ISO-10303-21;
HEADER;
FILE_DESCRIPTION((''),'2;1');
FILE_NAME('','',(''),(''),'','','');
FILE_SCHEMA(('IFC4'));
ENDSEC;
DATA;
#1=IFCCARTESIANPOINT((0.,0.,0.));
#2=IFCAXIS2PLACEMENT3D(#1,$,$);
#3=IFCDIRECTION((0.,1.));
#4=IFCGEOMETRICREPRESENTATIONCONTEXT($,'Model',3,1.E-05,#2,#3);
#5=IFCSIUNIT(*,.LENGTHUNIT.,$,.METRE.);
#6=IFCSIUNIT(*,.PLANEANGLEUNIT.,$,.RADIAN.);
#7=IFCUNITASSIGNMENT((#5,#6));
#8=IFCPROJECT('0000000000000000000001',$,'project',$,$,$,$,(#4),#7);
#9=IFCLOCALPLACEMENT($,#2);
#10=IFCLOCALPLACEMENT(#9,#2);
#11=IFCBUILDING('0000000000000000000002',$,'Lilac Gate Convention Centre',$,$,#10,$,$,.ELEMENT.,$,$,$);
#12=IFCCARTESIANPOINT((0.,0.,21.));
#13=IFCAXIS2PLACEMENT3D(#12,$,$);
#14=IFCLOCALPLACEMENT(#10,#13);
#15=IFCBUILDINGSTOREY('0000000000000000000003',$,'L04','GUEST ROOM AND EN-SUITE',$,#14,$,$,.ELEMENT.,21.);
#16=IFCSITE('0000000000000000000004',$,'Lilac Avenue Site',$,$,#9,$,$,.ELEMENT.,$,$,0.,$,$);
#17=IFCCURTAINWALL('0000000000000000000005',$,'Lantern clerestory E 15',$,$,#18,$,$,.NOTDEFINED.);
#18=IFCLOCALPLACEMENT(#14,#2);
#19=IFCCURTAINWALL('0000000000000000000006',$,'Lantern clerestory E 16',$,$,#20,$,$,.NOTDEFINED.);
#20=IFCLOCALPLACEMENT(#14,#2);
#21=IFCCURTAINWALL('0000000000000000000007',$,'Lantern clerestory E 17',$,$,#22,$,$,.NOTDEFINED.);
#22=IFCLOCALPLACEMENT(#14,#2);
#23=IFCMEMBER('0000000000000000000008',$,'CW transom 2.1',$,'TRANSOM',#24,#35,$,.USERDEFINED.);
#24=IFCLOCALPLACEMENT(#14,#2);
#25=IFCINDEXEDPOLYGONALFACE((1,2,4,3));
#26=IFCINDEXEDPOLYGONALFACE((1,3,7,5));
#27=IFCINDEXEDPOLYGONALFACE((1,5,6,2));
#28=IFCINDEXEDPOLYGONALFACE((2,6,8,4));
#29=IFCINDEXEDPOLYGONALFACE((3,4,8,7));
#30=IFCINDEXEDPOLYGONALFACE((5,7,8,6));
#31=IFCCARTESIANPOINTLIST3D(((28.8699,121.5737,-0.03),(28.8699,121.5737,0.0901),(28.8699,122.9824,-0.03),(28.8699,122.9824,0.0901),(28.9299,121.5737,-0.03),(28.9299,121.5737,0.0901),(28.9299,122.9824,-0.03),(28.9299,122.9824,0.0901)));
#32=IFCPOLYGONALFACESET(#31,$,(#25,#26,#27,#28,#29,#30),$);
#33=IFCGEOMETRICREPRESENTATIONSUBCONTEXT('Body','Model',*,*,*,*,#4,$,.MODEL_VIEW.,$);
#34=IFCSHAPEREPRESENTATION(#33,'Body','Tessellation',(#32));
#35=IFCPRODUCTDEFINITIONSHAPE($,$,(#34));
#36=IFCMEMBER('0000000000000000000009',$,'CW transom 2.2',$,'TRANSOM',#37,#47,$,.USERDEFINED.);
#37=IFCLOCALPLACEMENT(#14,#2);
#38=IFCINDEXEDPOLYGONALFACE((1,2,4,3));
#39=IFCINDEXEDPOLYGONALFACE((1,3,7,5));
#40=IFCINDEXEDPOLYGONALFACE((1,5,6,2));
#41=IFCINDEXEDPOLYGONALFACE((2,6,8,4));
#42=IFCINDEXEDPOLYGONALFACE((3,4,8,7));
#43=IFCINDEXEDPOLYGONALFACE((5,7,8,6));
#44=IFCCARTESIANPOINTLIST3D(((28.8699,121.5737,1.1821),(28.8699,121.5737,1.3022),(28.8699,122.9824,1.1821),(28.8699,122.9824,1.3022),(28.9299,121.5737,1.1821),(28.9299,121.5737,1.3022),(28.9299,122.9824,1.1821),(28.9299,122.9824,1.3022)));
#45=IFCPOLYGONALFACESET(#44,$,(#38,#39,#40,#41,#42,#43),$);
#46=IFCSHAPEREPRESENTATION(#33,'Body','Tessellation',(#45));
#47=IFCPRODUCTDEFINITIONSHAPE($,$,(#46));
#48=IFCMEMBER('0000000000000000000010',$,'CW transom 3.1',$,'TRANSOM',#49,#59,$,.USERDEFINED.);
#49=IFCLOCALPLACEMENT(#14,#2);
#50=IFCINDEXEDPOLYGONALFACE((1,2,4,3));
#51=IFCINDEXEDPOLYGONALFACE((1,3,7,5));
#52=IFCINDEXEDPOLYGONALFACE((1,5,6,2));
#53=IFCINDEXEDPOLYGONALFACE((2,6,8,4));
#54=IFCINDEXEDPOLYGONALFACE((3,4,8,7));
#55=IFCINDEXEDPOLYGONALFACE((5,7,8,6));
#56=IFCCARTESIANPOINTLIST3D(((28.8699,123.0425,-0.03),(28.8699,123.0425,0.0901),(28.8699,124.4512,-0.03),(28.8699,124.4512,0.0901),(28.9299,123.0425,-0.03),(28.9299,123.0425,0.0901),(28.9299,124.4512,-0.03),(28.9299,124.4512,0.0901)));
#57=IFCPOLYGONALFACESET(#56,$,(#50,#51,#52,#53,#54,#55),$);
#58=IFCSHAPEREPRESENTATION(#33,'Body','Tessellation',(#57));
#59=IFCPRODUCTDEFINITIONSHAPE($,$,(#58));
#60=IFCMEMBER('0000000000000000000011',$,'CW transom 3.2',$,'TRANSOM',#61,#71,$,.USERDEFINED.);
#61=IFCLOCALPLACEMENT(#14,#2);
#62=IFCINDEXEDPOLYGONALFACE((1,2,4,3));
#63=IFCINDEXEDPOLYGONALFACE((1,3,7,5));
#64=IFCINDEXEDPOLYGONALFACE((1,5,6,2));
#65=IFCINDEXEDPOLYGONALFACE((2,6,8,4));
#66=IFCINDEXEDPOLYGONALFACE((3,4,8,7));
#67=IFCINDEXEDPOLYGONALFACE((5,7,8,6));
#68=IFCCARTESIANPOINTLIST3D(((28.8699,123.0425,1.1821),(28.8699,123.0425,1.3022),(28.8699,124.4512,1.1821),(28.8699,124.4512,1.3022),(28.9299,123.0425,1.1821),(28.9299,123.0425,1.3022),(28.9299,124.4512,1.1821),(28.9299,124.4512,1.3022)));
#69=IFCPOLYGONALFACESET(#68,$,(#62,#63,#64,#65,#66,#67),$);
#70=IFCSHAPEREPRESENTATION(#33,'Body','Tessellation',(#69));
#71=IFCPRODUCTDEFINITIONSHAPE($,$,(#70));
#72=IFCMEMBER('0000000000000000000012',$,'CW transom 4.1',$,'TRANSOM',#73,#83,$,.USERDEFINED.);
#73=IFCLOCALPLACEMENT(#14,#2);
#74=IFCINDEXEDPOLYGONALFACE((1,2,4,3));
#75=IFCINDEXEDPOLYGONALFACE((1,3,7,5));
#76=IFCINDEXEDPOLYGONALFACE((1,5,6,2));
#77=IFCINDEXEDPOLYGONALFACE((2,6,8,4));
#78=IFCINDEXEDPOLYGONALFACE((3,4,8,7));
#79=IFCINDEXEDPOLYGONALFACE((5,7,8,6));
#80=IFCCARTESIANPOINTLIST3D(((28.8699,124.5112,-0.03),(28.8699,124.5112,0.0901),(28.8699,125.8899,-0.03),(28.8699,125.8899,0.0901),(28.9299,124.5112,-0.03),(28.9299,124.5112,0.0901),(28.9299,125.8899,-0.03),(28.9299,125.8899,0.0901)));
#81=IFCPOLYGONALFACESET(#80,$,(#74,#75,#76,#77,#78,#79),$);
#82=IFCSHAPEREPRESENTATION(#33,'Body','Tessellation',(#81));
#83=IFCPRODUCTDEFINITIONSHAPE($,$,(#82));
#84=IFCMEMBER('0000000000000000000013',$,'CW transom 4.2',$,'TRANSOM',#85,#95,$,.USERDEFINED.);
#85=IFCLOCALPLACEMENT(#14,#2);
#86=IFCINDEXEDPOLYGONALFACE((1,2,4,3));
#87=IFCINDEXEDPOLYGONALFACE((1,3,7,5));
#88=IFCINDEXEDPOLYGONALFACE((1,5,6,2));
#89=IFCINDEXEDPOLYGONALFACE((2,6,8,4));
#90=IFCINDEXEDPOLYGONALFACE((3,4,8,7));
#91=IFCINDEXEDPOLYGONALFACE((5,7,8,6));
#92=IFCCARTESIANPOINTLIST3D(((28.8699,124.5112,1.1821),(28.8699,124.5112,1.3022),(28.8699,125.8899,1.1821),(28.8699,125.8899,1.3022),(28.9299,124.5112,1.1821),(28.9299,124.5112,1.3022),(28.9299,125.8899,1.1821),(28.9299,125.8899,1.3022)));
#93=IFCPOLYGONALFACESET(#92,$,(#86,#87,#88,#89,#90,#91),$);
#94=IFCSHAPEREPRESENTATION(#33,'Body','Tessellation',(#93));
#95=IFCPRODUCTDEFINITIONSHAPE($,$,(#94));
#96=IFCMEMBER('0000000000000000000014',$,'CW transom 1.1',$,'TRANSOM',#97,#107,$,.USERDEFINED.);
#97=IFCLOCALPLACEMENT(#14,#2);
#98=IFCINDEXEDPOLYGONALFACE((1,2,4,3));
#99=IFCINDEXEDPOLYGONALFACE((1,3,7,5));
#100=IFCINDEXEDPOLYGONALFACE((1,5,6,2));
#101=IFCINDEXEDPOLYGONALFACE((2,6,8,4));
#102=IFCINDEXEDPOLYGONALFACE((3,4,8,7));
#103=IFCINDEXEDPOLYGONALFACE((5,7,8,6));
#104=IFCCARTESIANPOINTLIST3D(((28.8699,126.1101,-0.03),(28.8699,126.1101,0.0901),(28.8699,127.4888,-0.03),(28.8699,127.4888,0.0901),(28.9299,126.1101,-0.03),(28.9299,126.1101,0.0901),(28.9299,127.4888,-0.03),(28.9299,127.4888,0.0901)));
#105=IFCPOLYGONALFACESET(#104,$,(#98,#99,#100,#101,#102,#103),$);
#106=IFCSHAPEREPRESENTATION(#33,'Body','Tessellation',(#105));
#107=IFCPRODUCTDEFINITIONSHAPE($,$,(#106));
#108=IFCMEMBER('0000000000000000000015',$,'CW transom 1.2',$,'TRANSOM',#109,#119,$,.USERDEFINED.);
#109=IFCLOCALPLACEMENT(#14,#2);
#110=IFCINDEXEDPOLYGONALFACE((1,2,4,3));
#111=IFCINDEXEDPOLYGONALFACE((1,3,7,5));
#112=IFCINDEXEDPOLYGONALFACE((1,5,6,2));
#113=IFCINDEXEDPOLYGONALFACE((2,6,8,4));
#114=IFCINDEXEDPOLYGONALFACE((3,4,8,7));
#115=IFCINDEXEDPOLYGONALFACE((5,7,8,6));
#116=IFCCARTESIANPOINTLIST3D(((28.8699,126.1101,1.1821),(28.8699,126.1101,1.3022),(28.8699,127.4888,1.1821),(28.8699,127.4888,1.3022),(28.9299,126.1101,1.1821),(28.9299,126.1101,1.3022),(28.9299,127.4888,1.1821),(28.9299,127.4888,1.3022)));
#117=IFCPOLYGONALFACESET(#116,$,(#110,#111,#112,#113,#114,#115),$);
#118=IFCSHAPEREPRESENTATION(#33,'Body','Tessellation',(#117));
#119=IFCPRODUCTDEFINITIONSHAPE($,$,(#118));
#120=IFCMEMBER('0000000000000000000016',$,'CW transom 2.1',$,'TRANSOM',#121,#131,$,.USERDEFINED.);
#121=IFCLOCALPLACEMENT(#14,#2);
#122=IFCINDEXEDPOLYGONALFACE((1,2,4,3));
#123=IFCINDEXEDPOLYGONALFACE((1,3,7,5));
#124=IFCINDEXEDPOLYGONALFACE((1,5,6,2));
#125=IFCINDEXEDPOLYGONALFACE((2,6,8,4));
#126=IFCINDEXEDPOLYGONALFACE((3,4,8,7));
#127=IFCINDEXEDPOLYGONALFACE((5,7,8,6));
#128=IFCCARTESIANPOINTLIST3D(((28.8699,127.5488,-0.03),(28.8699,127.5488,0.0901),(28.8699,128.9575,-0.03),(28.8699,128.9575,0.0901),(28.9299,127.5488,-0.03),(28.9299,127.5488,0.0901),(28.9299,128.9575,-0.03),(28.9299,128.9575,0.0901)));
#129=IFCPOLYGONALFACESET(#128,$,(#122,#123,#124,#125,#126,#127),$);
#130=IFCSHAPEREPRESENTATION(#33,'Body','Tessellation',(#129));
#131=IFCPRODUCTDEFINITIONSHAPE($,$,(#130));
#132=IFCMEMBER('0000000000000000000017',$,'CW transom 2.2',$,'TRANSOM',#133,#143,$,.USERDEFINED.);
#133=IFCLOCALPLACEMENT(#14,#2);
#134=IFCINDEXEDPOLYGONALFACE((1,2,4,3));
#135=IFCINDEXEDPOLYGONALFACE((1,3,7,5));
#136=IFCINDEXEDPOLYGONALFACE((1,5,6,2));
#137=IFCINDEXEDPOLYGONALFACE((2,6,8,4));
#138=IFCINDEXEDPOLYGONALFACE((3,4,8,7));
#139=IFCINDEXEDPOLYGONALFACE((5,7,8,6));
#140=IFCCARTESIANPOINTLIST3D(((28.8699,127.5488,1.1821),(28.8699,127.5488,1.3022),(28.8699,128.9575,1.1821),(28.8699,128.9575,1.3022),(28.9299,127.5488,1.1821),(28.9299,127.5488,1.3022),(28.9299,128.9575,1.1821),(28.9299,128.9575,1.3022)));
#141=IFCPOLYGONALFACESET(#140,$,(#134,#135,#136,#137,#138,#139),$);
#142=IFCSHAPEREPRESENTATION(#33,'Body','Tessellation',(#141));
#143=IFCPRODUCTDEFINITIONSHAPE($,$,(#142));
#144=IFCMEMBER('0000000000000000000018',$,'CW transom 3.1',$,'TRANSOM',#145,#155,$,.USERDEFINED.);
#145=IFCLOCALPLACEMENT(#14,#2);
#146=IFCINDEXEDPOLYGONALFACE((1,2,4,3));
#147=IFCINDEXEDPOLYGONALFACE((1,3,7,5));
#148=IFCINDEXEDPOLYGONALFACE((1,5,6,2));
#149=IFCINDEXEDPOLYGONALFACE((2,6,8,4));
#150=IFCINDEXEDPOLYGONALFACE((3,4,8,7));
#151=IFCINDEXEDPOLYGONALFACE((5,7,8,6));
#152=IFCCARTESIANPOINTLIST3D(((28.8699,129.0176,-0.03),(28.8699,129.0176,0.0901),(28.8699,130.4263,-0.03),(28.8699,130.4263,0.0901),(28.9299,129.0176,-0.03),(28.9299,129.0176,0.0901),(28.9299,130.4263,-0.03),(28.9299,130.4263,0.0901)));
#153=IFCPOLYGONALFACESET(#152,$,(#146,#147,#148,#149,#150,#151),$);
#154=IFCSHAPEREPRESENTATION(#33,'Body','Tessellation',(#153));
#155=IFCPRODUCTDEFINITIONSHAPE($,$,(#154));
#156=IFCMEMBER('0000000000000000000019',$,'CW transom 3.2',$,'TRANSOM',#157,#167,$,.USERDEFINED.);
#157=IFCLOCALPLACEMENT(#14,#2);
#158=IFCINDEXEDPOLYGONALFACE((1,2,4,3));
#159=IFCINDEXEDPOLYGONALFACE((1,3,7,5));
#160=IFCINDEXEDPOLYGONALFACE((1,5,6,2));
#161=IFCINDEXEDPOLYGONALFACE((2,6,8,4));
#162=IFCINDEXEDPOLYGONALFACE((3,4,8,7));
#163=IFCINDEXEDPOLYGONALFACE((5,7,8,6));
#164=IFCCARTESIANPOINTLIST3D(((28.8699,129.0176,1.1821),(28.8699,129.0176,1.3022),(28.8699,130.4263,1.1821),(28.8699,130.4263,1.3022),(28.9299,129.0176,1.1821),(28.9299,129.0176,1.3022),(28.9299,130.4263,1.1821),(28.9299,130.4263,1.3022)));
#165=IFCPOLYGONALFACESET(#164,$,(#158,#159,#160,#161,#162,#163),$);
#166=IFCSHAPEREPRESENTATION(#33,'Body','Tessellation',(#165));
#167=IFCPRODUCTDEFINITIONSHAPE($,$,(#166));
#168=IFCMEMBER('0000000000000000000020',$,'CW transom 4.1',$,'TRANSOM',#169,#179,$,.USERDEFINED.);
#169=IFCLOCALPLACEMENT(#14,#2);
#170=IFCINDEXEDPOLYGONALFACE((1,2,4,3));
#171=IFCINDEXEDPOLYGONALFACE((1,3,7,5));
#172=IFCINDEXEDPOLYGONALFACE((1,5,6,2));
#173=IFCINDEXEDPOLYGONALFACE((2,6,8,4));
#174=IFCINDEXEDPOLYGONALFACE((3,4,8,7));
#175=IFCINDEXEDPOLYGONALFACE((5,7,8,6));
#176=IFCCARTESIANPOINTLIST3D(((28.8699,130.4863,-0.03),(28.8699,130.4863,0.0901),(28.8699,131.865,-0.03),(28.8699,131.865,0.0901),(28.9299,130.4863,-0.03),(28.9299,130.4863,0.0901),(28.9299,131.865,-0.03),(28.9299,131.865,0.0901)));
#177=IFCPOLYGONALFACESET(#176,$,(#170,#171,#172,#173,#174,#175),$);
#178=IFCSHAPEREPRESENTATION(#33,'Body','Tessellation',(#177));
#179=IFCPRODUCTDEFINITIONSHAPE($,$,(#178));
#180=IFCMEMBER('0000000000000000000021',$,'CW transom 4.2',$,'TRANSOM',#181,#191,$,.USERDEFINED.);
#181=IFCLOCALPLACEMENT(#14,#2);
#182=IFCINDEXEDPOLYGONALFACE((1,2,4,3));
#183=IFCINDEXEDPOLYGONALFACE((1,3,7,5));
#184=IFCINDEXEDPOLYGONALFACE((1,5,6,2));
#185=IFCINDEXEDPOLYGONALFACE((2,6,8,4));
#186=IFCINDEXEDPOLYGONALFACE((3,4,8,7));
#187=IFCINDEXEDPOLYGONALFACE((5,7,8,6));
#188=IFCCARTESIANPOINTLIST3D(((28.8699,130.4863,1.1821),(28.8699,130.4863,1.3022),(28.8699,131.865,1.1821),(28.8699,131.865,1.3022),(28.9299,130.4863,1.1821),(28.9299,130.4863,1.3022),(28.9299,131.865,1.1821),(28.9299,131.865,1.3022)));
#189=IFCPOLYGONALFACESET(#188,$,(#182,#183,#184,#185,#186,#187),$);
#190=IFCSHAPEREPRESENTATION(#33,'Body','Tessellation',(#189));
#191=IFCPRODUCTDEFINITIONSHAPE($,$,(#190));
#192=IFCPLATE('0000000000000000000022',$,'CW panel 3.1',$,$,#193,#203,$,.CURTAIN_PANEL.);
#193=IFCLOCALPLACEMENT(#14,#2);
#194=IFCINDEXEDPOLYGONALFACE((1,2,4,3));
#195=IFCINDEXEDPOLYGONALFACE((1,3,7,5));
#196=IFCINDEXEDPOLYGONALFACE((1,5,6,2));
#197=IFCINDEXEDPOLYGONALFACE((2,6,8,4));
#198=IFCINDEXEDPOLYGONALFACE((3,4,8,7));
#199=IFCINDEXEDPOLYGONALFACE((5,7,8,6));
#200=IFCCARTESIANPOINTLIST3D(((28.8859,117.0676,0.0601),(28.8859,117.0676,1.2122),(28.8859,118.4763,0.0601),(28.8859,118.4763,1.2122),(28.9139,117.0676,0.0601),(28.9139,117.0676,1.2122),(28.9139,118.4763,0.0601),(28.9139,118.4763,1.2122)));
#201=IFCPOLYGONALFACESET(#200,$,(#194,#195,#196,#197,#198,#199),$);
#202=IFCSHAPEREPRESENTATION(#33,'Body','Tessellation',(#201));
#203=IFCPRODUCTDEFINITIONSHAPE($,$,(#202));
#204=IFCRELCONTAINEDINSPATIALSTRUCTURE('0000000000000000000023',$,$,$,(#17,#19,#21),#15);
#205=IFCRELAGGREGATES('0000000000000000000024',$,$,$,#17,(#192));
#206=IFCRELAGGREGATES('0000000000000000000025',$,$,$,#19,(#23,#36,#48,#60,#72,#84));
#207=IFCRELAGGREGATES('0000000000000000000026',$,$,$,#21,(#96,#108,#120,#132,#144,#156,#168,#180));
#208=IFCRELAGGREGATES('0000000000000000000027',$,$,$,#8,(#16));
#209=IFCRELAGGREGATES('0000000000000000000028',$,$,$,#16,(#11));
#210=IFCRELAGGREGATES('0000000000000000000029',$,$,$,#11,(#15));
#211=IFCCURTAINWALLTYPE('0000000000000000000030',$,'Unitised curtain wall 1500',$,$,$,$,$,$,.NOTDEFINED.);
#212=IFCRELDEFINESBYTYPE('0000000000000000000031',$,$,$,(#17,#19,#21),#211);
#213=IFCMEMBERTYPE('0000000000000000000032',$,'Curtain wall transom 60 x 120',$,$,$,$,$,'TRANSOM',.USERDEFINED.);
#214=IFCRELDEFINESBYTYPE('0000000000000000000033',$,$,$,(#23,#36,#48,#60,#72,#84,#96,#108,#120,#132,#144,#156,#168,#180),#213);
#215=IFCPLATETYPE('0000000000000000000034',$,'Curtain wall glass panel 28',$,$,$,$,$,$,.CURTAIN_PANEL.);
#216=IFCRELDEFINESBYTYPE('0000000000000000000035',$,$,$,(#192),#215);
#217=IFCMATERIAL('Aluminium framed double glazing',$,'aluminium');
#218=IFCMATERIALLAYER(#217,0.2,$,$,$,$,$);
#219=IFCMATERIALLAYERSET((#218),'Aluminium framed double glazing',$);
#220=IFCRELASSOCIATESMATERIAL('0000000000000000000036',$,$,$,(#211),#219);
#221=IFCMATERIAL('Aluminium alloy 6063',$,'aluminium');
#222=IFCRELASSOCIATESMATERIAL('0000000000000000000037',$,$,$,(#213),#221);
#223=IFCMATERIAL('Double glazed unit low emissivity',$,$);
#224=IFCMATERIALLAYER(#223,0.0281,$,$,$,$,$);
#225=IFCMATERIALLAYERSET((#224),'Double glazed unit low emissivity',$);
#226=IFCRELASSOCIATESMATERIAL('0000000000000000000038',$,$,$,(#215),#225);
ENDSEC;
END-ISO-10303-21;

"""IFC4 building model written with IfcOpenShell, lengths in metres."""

from ifc_helpers import new_model, si_unit, direction, frame, origin, origin_2d, place, context, subcontext, project, spatial, rectangle, extrude, material, layer, layer_set, material_profile, profile_set, type_object, element, aggregate, save


model = new_model("IFC4")

# Units and contexts
model_context = context("Model", 3, precision=1e-05, world=origin(), true_north=direction((0.0, 1.0)))
body_context = subcontext(model_context, "Body", "Model", "MODEL_VIEW")
ifc_project = project(units=[si_unit("LENGTHUNIT", "METRE"), si_unit("PLANEANGLEUNIT", "RADIAN")], contexts=[model_context])

# Site, building, storey
site_placement = place(None, origin())
site = spatial("IfcSite", under=ifc_project, at=site_placement, Name="Lilac Avenue Site", CompositionType="ELEMENT", RefElevation=0.0)
building_placement = place(site_placement, origin())
building = spatial("IfcBuilding", under=site, at=building_placement, Name="Lilac Gate Convention Centre", CompositionType="ELEMENT")
storey_placement = place(building_placement, frame((0.0, 0.0, 21.0)))
storey = spatial("IfcBuildingStorey", under=building, at=storey_placement, Name="L04", Description="GUEST ROOM AND EN-SUITE", CompositionType="ELEMENT", Elevation=21.0)

# Curtain walls
ifc_material_1 = material(Name="Aluminium framed double glazing", Category="aluminium")
ifc_layer_1 = layer(ifc_material_1, 0.2)
ifc_layer_set_1 = layer_set([ifc_layer_1], Name="Aluminium framed double glazing")
curtain_wall_type = type_object("IfcCurtainWallType", Name="Unitised curtain wall 1500", PredefinedType="NOTDEFINED", material=ifc_layer_set_1)
curtain_wall_1_placement = place(storey_placement, origin())
curtain_wall_1 = element("IfcCurtainWall", 1, at=curtain_wall_1_placement, inside=storey, type_object=curtain_wall_type, Name="Lantern clerestory E 15", PredefinedType="NOTDEFINED")
ifc_material_2 = material(Name="Aluminium alloy 6063", Category="aluminium")
curtain_wall_2_placement = place(storey_placement, origin())
curtain_wall_2 = element("IfcCurtainWall", 2, at=curtain_wall_2_placement, inside=storey, type_object=curtain_wall_type, Name="Lantern clerestory E 16", PredefinedType="NOTDEFINED")
curtain_wall_3_placement = place(storey_placement, origin())
curtain_wall_3 = element("IfcCurtainWall", 3, at=curtain_wall_3_placement, inside=storey, type_object=curtain_wall_type, Name="Lantern clerestory E 17", PredefinedType="NOTDEFINED")

# Members
ifc_material_profile_1 = material_profile(ifc_material_2, rectangle(XDim=0.0601, YDim=0.1201, at=origin_2d()), Name="Curtain wall transom 60 x 120")
ifc_profile_set_1 = profile_set([ifc_material_profile_1], Name="Aluminium alloy 6063")
member_type_1 = type_object("IfcMemberType", Name="Curtain wall transom 60 x 120", ElementType="TRANSOM", PredefinedType="USERDEFINED", material=ifc_profile_set_1)
member_1_placement = place(storey_placement, frame((28.8999, 121.5737, 0.03), z_axis=(0.0, 1.0, 0.0), x_axis=(-1.0, 0.0, 0.0)))
member_1 = element("IfcMember", 4, at=member_1_placement, type_object=member_type_1, Name="CW transom 2.1", ObjectType="TRANSOM", PredefinedType="USERDEFINED", context=body_context, shape_type="SweptSolid", body=[
    extrude(rectangle(XDim=0.0601, YDim=0.1201, at=origin_2d()), origin(), (0.0, 0.0, 1.0), 1.4087),
])
member_2_placement = place(storey_placement, frame((28.8999, 121.5737, 1.2422), z_axis=(0.0, 1.0, 0.0), x_axis=(-1.0, 0.0, 0.0)))
member_2 = element("IfcMember", 5, at=member_2_placement, type_object=member_type_1, Name="CW transom 2.2", ObjectType="TRANSOM", PredefinedType="USERDEFINED", context=body_context, shape_type="SweptSolid", body=[
    extrude(rectangle(XDim=0.0601, YDim=0.1201, at=origin_2d()), origin(), (0.0, 0.0, 1.0), 1.4087),
])
member_3_placement = place(storey_placement, frame((28.8999, 123.0425, 0.03), z_axis=(0.0, 1.0, 0.0), x_axis=(-1.0, 0.0, 0.0)))
member_3 = element("IfcMember", 6, at=member_3_placement, type_object=member_type_1, Name="CW transom 3.1", ObjectType="TRANSOM", PredefinedType="USERDEFINED", context=body_context, shape_type="SweptSolid", body=[
    extrude(rectangle(XDim=0.0601, YDim=0.1201, at=origin_2d()), origin(), (0.0, 0.0, 1.0), 1.4087),
])
member_4_placement = place(storey_placement, frame((28.8999, 123.0425, 1.2422), z_axis=(0.0, 1.0, 0.0), x_axis=(-1.0, 0.0, 0.0)))
member_4 = element("IfcMember", 7, at=member_4_placement, type_object=member_type_1, Name="CW transom 3.2", ObjectType="TRANSOM", PredefinedType="USERDEFINED", context=body_context, shape_type="SweptSolid", body=[
    extrude(rectangle(XDim=0.0601, YDim=0.1201, at=origin_2d()), origin(), (0.0, 0.0, 1.0), 1.4087),
])
member_5_placement = place(storey_placement, frame((28.8999, 124.5112, 0.03), z_axis=(0.0, 1.0, 0.0), x_axis=(-1.0, 0.0, 0.0)))
member_5 = element("IfcMember", 8, at=member_5_placement, type_object=member_type_1, Name="CW transom 4.1", ObjectType="TRANSOM", PredefinedType="USERDEFINED", context=body_context, shape_type="SweptSolid", body=[
    extrude(rectangle(XDim=0.0601, YDim=0.1201, at=origin_2d()), origin(), (0.0, 0.0, 1.0), 1.3787),
])
member_6_placement = place(storey_placement, frame((28.8999, 124.5112, 1.2422), z_axis=(0.0, 1.0, 0.0), x_axis=(-1.0, 0.0, 0.0)))
member_6 = element("IfcMember", 9, at=member_6_placement, type_object=member_type_1, Name="CW transom 4.2", ObjectType="TRANSOM", PredefinedType="USERDEFINED", context=body_context, shape_type="SweptSolid", body=[
    extrude(rectangle(XDim=0.0601, YDim=0.1201, at=origin_2d()), origin(), (0.0, 0.0, 1.0), 1.3787),
])
member_7_placement = place(storey_placement, frame((28.8999, 126.1101, 0.03), z_axis=(0.0, 1.0, 0.0), x_axis=(-1.0, 0.0, 0.0)))
member_7 = element("IfcMember", 10, at=member_7_placement, type_object=member_type_1, Name="CW transom 1.1", ObjectType="TRANSOM", PredefinedType="USERDEFINED", context=body_context, shape_type="SweptSolid", body=[
    extrude(rectangle(XDim=0.0601, YDim=0.1201, at=origin_2d()), origin(), (0.0, 0.0, 1.0), 1.3787),
])
member_8_placement = place(storey_placement, frame((28.8999, 126.1101, 1.2422), z_axis=(0.0, 1.0, 0.0), x_axis=(-1.0, 0.0, 0.0)))
member_8 = element("IfcMember", 11, at=member_8_placement, type_object=member_type_1, Name="CW transom 1.2", ObjectType="TRANSOM", PredefinedType="USERDEFINED", context=body_context, shape_type="SweptSolid", body=[
    extrude(rectangle(XDim=0.0601, YDim=0.1201, at=origin_2d()), origin(), (0.0, 0.0, 1.0), 1.3787),
])
member_9_placement = place(storey_placement, frame((28.8999, 127.5488, 0.03), z_axis=(0.0, 1.0, 0.0), x_axis=(-1.0, 0.0, 0.0)))
member_9 = element("IfcMember", 12, at=member_9_placement, type_object=member_type_1, Name="CW transom 2.1", ObjectType="TRANSOM", PredefinedType="USERDEFINED", context=body_context, shape_type="SweptSolid", body=[
    extrude(rectangle(XDim=0.0601, YDim=0.1201, at=origin_2d()), origin(), (0.0, 0.0, 1.0), 1.4087),
])
member_10_placement = place(storey_placement, frame((28.8999, 127.5488, 1.2422), z_axis=(0.0, 1.0, 0.0), x_axis=(-1.0, 0.0, 0.0)))
member_10 = element("IfcMember", 13, at=member_10_placement, type_object=member_type_1, Name="CW transom 2.2", ObjectType="TRANSOM", PredefinedType="USERDEFINED", context=body_context, shape_type="SweptSolid", body=[
    extrude(rectangle(XDim=0.0601, YDim=0.1201, at=origin_2d()), origin(), (0.0, 0.0, 1.0), 1.4087),
])
member_11_placement = place(storey_placement, frame((28.8999, 129.0176, 0.03), z_axis=(0.0, 1.0, 0.0), x_axis=(-1.0, 0.0, 0.0)))
member_11 = element("IfcMember", 14, at=member_11_placement, type_object=member_type_1, Name="CW transom 3.1", ObjectType="TRANSOM", PredefinedType="USERDEFINED", context=body_context, shape_type="SweptSolid", body=[
    extrude(rectangle(XDim=0.0601, YDim=0.1201, at=origin_2d()), origin(), (0.0, 0.0, 1.0), 1.4087),
])
member_12_placement = place(storey_placement, frame((28.8999, 129.0176, 1.2422), z_axis=(0.0, 1.0, 0.0), x_axis=(-1.0, 0.0, 0.0)))
member_12 = element("IfcMember", 15, at=member_12_placement, type_object=member_type_1, Name="CW transom 3.2", ObjectType="TRANSOM", PredefinedType="USERDEFINED", context=body_context, shape_type="SweptSolid", body=[
    extrude(rectangle(XDim=0.0601, YDim=0.1201, at=origin_2d()), origin(), (0.0, 0.0, 1.0), 1.4087),
])
member_13_placement = place(storey_placement, frame((28.8999, 130.4863, 0.03), z_axis=(0.0, 1.0, 0.0), x_axis=(-1.0, 0.0, 0.0)))
member_13 = element("IfcMember", 16, at=member_13_placement, type_object=member_type_1, Name="CW transom 4.1", ObjectType="TRANSOM", PredefinedType="USERDEFINED", context=body_context, shape_type="SweptSolid", body=[
    extrude(rectangle(XDim=0.0601, YDim=0.1201, at=origin_2d()), origin(), (0.0, 0.0, 1.0), 1.3787),
])
member_14_placement = place(storey_placement, frame((28.8999, 130.4863, 1.2422), z_axis=(0.0, 1.0, 0.0), x_axis=(-1.0, 0.0, 0.0)))
member_14 = element("IfcMember", 17, at=member_14_placement, type_object=member_type_1, Name="CW transom 4.2", ObjectType="TRANSOM", PredefinedType="USERDEFINED", context=body_context, shape_type="SweptSolid", body=[
    extrude(rectangle(XDim=0.0601, YDim=0.1201, at=origin_2d()), origin(), (0.0, 0.0, 1.0), 1.3787),
])

# Plate
ifc_material_3 = material(Name="Double glazed unit low emissivity")
ifc_layer_2 = layer(ifc_material_3, 0.0281)
ifc_layer_set_2 = layer_set([ifc_layer_2], Name="Double glazed unit low emissivity")
plate_type = type_object("IfcPlateType", Name="Curtain wall glass panel 28", PredefinedType="CURTAIN_PANEL", material=ifc_layer_set_2)
plate_1_placement = place(storey_placement, frame((28.8999, 117.772, 0.0601), z_axis=(0.0, 0.0, 1.0), x_axis=(0.0, 1.0, 0.0)))
plate_1 = element("IfcPlate", 18, at=plate_1_placement, type_object=plate_type, Name="CW panel 3.1", PredefinedType="CURTAIN_PANEL", context=body_context, shape_type="SweptSolid", body=[
    extrude(rectangle(XDim=1.4087, YDim=0.0281, at=origin_2d()), origin(), (0.0, 0.0, 1.0), 1.1521),
])
aggregate(curtain_wall_1, [plate_1])
aggregate(curtain_wall_2, [member_1, member_2, member_3, member_4, member_5, member_6])
aggregate(curtain_wall_3, [member_7, member_8, member_9, member_10, member_11, member_12, member_13, member_14])

save(model, "model.ifc")
